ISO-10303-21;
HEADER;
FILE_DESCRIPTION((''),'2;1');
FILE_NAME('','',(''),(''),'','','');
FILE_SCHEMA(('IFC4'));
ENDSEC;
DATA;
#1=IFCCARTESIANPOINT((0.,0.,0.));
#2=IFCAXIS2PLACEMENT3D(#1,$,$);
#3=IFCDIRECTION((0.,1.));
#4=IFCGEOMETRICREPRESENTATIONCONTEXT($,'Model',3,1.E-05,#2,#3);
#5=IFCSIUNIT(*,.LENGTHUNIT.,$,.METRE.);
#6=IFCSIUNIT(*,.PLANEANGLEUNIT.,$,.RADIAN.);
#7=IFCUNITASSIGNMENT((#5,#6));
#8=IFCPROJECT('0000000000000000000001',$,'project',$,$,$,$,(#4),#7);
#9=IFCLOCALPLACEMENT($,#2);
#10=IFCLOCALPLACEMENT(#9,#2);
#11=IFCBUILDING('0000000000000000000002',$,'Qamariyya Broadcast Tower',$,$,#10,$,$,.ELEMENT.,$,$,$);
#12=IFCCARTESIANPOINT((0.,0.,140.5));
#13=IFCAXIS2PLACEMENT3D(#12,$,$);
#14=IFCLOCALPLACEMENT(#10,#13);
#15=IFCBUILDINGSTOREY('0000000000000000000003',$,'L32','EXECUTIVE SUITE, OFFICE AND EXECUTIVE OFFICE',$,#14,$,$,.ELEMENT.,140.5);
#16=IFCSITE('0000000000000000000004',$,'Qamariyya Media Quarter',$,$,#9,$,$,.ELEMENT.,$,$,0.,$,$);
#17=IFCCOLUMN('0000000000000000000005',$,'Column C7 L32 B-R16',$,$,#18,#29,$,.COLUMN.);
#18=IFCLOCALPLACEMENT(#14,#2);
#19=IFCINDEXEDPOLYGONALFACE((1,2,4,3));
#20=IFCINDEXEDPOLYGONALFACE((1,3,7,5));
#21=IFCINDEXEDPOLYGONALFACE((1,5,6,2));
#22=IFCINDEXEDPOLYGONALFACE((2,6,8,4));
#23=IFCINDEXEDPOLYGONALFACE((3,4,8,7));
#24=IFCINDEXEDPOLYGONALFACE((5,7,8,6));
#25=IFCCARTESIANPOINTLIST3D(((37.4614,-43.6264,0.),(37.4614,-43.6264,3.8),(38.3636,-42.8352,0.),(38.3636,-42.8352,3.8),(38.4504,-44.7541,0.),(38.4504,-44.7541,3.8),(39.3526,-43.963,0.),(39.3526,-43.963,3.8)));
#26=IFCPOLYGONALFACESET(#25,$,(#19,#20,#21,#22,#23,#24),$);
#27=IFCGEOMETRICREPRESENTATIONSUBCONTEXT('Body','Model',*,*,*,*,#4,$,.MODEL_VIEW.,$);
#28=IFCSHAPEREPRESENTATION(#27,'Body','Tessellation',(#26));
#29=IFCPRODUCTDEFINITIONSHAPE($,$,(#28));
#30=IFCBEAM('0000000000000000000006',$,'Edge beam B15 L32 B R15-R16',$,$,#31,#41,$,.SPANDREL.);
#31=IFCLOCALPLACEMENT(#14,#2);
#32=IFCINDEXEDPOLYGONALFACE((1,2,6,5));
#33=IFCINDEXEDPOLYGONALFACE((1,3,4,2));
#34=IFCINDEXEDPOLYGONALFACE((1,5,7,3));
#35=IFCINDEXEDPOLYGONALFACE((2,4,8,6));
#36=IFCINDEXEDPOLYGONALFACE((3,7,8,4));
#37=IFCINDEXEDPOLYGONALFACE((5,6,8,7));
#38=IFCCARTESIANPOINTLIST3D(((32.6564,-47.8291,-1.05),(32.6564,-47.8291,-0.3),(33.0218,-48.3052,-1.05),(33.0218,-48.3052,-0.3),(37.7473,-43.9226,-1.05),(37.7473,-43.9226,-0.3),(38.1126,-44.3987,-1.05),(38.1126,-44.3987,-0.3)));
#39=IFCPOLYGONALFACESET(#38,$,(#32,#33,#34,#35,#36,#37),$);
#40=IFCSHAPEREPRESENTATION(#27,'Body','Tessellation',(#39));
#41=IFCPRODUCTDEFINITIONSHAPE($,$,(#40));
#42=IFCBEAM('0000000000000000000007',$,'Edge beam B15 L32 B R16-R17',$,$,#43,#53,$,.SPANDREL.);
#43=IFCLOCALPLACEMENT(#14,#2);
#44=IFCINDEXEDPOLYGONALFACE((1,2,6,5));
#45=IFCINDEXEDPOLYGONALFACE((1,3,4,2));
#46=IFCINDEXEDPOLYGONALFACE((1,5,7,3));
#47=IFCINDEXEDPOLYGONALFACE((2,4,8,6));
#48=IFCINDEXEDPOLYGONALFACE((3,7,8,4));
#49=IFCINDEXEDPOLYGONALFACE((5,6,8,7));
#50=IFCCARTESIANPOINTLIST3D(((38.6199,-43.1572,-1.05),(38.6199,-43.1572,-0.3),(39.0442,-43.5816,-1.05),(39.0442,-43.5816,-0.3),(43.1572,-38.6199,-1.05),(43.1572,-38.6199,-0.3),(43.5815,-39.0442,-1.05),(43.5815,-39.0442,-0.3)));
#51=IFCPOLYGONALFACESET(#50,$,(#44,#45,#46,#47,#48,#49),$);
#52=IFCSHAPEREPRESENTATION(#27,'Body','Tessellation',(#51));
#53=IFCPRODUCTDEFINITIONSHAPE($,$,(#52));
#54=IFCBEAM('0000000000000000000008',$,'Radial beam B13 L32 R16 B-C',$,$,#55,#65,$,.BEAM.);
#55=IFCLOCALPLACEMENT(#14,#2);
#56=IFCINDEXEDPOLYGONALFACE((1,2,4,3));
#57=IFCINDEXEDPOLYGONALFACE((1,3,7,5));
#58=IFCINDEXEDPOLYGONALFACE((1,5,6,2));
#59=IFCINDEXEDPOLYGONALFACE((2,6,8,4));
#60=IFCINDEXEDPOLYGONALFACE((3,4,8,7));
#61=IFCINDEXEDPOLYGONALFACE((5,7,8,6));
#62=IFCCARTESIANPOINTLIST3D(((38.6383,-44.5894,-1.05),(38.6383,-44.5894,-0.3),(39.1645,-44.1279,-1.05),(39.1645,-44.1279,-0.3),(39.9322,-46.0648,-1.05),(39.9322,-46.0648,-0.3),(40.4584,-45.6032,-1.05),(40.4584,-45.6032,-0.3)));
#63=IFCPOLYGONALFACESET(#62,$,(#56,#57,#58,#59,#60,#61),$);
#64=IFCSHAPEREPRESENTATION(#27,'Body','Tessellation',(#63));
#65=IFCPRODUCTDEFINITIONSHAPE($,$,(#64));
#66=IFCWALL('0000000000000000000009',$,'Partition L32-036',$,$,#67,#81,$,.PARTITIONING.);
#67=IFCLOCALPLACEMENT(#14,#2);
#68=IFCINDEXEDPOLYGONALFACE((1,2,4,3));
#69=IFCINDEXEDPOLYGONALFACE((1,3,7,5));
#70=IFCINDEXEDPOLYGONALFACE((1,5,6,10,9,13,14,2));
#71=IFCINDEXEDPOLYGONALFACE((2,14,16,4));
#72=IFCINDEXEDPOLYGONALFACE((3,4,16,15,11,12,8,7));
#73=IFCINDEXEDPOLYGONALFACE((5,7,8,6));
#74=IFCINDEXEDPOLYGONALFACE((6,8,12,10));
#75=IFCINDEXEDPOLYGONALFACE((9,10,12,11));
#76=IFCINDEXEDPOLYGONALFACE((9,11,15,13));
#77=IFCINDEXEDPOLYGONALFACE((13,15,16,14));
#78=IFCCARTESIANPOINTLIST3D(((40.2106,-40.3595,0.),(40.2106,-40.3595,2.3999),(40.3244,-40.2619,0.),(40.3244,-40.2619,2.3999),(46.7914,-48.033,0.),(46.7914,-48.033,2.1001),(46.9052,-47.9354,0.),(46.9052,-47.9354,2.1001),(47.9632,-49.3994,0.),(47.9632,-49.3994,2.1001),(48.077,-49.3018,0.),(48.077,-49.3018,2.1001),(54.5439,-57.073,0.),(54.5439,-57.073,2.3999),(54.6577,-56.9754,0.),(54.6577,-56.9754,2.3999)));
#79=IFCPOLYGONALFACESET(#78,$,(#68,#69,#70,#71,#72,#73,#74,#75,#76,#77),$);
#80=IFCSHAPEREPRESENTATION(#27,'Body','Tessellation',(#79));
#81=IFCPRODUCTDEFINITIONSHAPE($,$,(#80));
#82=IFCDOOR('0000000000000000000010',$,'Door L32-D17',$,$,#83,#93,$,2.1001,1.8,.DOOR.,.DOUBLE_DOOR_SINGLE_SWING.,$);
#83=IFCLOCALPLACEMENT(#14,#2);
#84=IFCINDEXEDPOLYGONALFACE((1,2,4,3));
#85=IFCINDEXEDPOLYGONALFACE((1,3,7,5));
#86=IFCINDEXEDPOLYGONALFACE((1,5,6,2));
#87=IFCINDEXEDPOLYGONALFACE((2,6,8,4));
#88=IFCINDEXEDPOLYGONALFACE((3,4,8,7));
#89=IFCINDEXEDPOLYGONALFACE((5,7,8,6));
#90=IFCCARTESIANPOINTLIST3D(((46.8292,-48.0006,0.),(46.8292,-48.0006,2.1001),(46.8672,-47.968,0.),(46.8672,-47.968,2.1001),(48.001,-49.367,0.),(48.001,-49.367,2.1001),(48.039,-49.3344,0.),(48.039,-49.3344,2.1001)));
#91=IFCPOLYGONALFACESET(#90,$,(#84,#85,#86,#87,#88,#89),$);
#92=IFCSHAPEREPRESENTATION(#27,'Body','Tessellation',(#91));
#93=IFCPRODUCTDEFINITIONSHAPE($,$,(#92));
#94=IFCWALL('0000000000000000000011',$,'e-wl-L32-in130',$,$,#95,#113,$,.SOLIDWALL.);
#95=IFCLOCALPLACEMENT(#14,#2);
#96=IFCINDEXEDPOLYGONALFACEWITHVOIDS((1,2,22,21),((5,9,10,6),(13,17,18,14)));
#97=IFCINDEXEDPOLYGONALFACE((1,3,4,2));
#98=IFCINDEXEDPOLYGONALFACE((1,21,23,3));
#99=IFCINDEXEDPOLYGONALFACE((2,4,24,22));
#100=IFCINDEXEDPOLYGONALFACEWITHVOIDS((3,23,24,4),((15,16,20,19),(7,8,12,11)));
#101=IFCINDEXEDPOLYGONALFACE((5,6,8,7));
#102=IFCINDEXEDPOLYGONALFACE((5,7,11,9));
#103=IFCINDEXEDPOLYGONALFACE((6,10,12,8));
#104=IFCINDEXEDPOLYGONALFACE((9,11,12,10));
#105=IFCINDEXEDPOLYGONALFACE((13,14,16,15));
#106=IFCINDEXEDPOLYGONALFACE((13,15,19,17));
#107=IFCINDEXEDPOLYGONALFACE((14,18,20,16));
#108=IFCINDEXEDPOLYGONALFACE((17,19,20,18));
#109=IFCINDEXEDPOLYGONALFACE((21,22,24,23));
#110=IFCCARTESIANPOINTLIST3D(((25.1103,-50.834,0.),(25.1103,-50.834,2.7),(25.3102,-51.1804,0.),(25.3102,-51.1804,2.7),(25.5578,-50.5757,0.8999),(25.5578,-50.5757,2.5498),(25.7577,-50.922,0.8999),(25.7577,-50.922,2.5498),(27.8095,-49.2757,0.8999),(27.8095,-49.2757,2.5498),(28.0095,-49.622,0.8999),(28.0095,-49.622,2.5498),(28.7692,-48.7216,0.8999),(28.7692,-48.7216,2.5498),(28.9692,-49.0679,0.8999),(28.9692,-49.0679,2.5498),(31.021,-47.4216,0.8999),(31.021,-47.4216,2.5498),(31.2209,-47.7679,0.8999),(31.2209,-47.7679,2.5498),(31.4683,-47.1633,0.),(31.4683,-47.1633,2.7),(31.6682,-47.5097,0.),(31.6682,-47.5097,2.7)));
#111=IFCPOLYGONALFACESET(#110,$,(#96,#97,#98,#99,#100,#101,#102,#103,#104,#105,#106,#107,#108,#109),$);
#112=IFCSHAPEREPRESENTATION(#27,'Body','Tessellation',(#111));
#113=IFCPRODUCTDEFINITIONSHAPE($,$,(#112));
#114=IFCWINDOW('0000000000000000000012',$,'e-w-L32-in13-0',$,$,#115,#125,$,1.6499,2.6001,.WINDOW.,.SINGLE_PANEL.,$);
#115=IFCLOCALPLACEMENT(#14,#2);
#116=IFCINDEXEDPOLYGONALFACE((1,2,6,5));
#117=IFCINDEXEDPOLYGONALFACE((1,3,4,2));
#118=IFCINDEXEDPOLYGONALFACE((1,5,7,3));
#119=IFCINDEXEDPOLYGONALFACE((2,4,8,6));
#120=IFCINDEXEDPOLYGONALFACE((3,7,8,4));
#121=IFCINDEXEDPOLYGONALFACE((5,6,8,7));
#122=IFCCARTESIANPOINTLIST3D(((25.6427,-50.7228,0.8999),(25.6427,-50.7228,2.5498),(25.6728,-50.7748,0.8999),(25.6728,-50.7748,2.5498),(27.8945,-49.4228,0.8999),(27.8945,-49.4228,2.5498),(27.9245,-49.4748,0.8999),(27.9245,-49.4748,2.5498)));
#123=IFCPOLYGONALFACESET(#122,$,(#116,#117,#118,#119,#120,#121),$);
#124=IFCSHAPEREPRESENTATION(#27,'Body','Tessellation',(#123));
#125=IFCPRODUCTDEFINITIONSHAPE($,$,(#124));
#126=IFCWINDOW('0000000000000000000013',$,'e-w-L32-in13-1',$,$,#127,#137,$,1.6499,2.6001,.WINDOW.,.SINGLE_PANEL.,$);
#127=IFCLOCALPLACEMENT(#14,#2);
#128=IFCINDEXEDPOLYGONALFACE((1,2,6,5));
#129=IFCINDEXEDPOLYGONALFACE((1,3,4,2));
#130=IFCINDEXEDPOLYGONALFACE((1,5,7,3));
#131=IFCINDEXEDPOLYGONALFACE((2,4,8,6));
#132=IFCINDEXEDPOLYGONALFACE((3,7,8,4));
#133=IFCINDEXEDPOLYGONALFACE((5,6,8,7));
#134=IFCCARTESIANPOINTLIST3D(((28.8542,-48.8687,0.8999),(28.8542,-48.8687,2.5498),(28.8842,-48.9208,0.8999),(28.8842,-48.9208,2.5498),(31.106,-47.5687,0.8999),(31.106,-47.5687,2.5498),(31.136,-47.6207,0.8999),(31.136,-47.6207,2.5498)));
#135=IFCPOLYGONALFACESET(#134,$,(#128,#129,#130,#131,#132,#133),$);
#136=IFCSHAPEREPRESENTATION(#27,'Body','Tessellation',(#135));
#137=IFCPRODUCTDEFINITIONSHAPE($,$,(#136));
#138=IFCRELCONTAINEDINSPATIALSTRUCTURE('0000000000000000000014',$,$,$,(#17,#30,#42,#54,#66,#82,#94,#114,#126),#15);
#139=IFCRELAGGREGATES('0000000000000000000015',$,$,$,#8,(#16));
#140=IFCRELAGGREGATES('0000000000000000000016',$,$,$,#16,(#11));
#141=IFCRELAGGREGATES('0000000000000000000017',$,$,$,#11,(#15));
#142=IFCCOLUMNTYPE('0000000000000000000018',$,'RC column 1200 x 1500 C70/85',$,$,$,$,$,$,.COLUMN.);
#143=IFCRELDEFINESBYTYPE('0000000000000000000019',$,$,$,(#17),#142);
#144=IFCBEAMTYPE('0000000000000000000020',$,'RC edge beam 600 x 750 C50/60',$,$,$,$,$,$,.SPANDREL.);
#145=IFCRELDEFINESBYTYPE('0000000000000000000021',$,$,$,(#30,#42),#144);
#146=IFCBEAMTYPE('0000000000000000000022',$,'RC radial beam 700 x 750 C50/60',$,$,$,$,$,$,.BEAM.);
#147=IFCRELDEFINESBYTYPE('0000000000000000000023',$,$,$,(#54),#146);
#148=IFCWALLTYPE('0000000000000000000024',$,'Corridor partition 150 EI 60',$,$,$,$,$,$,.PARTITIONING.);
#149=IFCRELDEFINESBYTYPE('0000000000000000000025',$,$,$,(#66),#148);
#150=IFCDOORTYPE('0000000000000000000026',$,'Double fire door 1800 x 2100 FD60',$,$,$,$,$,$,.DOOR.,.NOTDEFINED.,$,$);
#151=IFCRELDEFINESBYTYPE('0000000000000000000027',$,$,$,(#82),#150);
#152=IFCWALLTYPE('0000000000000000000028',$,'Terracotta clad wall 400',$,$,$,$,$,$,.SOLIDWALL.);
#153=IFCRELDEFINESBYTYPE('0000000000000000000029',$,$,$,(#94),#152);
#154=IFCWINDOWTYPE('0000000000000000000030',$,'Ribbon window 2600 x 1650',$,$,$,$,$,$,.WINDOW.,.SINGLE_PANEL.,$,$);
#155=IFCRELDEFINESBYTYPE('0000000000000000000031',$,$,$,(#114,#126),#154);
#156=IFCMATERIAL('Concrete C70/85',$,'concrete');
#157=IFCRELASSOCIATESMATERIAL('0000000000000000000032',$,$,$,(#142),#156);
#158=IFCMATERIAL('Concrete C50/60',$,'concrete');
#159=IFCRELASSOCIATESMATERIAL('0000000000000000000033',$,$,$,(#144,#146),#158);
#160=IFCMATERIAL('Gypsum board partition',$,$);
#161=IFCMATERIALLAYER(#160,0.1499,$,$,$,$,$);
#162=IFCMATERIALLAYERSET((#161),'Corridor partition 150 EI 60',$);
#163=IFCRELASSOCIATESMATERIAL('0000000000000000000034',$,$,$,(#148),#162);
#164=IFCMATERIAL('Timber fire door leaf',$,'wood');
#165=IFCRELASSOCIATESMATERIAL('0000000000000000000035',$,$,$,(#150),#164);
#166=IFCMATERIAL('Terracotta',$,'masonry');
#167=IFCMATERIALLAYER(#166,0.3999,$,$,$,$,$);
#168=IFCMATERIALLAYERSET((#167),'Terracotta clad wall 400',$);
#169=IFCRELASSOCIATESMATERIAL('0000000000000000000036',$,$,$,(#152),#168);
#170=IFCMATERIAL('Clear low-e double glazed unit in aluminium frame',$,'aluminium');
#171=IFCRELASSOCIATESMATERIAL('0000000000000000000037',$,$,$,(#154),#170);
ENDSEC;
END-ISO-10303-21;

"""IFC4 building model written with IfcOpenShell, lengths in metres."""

from ifc_helpers import new_model, si_unit, direction, frame, frame_2d, origin, origin_2d, place, context, subcontext, project, spatial, rectangle, extrude, material, layer, layer_set, material_profile, profile_set, type_object, element, fill, save


model = new_model("IFC4")

# Units and contexts
model_context = context("Model", 3, precision=1e-05, world=origin(), true_north=direction((0.0, 1.0)))
body_context = subcontext(model_context, "Body", "Model", "MODEL_VIEW")
ifc_project = project(units=[si_unit("LENGTHUNIT", "METRE"), si_unit("PLANEANGLEUNIT", "RADIAN")], contexts=[model_context])

# Site, building, storey
site_placement = place(None, origin())
site = spatial("IfcSite", under=ifc_project, at=site_placement, Name="Qamariyya Media Quarter", CompositionType="ELEMENT", RefElevation=0.0)
building_placement = place(site_placement, origin())
building = spatial("IfcBuilding", under=site, at=building_placement, Name="Qamariyya Broadcast Tower", CompositionType="ELEMENT")
storey_placement = place(building_placement, frame((0.0, 0.0, 140.5)))
storey = spatial("IfcBuildingStorey", under=building, at=storey_placement, Name="L32", Description="EXECUTIVE SUITE, OFFICE AND EXECUTIVE OFFICE", CompositionType="ELEMENT", Elevation=140.5)

# Column
ifc_material_1 = material(Name="Concrete C70/85", Category="concrete")
ifc_material_profile_1 = material_profile(ifc_material_1, rectangle(XDim=1.2, YDim=1.5, at=origin_2d()))
ifc_profile_set_1 = profile_set([ifc_material_profile_1], Name="Concrete C70/85")
column_type = type_object("IfcColumnType", Name="RC column 1200 x 1500 C70/85", PredefinedType="COLUMN", material=ifc_profile_set_1)
column_placement = place(storey_placement, frame((38.407, -43.7947, 0.0), z_axis=(0.0, 0.0, 1.0), x_axis=(0.75184, 0.659346, 0.0)))
element("IfcColumn", 1, at=column_placement, inside=storey, type_object=column_type, Name="Column C7 L32 B-R16", PredefinedType="COLUMN", context=body_context, shape_type="SweptSolid", body=[
    extrude(rectangle(XDim=1.2, YDim=1.5, at=origin_2d()), origin(), (0.0, 0.0, 1.0), 3.8),
])

# Beams
ifc_material_2 = material(Name="Concrete C50/60", Category="concrete")
ifc_material_profile_2 = material_profile(ifc_material_2, rectangle(XDim=0.6001, YDim=0.75, at=origin_2d()))
ifc_profile_set_2 = profile_set([ifc_material_profile_2], Name="Concrete C50/60")
beam_type_1 = type_object("IfcBeamType", Name="RC edge beam 600 x 750 C50/60", PredefinedType="SPANDREL", material=ifc_profile_set_2)
beam_1_placement = place(storey_placement, frame((32.8391, -48.0671, -0.675), z_axis=(0.793341, 0.608778, 0.0), x_axis=(-0.608778, 0.793341, 0.0)))
element("IfcBeam", 2, at=beam_1_placement, inside=storey, type_object=beam_type_1, Name="Edge beam B15 L32 B R15-R16", PredefinedType="SPANDREL", context=body_context, shape_type="SweptSolid", body=[
    extrude(rectangle(XDim=0.6001, YDim=0.75, at=origin_2d()), origin(), (0.0, 0.0, 1.0), 6.417),
])
beam_2_placement = place(storey_placement, frame((38.832, -43.3694, -0.675), z_axis=(0.707107, 0.707107, 0.0), x_axis=(-0.707107, 0.707107, 0.0)))
element("IfcBeam", 3, at=beam_2_placement, inside=storey, type_object=beam_type_1, Name="Edge beam B15 L32 B R16-R17", PredefinedType="SPANDREL", context=body_context, shape_type="SweptSolid", body=[
    extrude(rectangle(XDim=0.6001, YDim=0.75, at=origin_2d()), origin(), (0.0, 0.0, 1.0), 6.4167),
])
ifc_material_profile_3 = material_profile(ifc_material_2, rectangle(XDim=0.7, YDim=0.75, at=origin_2d()))
ifc_profile_set_3 = profile_set([ifc_material_profile_3], Name="Concrete C50/60")
beam_type_2 = type_object("IfcBeamType", Name="RC radial beam 700 x 750 C50/60", PredefinedType="BEAM", material=ifc_profile_set_3)
beam_3_placement = place(storey_placement, frame((38.9014, -44.3586, -0.675), z_axis=(0.659376, -0.751813, 0.0), x_axis=(0.751813, 0.659376, 0.0)))
element("IfcBeam", 4, at=beam_3_placement, inside=storey, type_object=beam_type_2, Name="Radial beam B13 L32 R16 B-C", PredefinedType="BEAM", context=body_context, shape_type="SweptSolid", body=[
    extrude(rectangle(XDim=0.7, YDim=0.75, at=origin_2d()), origin(), (0.0, 0.0, 1.0), 1.9624),
])

# Wall, opening, door
ifc_material_3 = material(Name="Gypsum board partition")
ifc_layer_1 = layer(ifc_material_3, 0.1499)
ifc_layer_set_1 = layer_set([ifc_layer_1], Name="Corridor partition 150 EI 60")
wall_type_1 = type_object("IfcWallType", Name="Corridor partition 150 EI 60", PredefinedType="PARTITIONING", material=ifc_layer_set_1)
wall_1_placement = place(storey_placement, frame((40.2676, -40.3108, 0.0), z_axis=(0.0, 0.0, 1.0), x_axis=(0.650988, -0.759088, 0.0)))
wall_1 = element("IfcWall", 5, at=wall_1_placement, inside=storey, type_object=wall_type_1, Name="Partition L32-036", PredefinedType="PARTITIONING", context=body_context, shape_type="SweptSolid", body=[
    extrude(rectangle(XDim=22.0178, YDim=0.1499, at=frame_2d((11.0088, 0.0))), origin(), (0.0, 0.0, 1.0), 2.3999),
])
opening_1_placement = place(wall_1_placement, frame((10.1089, 0.0, 0.0)))
opening_1 = element("IfcOpeningElement", 6, at=opening_1_placement, cuts=wall_1, PredefinedType="OPENING", context=body_context, shape_type="SweptSolid", body=[
    extrude(rectangle(XDim=1.8, YDim=2.1001, at=frame_2d((0.8999, 1.05))), frame((0.0, 0.085, 0.0), z_axis=(0.0, -1.0, 0.0), x_axis=(1.0, 0.0, 0.0)), (0.0, 0.0, 1.0), 0.1699),
])
ifc_material_4 = material(Name="Timber fire door leaf", Category="wood")
door_type = type_object("IfcDoorType", Name="Double fire door 1800 x 2100 FD60", OperationType="NOTDEFINED", PredefinedType="DOOR", material=ifc_material_4)
door_placement = place(opening_1_placement, origin())
door = element("IfcDoor", 7, at=door_placement, inside=storey, type_object=door_type, Name="Door L32-D17", OperationType="DOUBLE_DOOR_SINGLE_SWING", OverallHeight=2.1001, OverallWidth=1.8, PredefinedType="DOOR", context=body_context, shape_type="SweptSolid", body=[
    extrude(rectangle(XDim=1.8, YDim=2.1001, at=frame_2d((0.8999, 1.05))), frame((0.0, 0.0249, 0.0), z_axis=(0.0, -1.0, 0.0), x_axis=(1.0, 0.0, 0.0)), (0.0, 0.0, 1.0), 0.05),
])
fill(opening_1, door)

# Wall, openings, windows
ifc_material_5 = material(Name="Terracotta", Category="masonry")
ifc_layer_2 = layer(ifc_material_5, 0.3999)
ifc_layer_set_2 = layer_set([ifc_layer_2], Name="Terracotta clad wall 400")
wall_type_2 = type_object("IfcWallType", Name="Terracotta clad wall 400", PredefinedType="SOLIDWALL", material=ifc_layer_set_2)
wall_2_placement = place(storey_placement, frame((31.5684, -47.3364, 0.0), z_axis=(0.0, 0.0, 1.0), x_axis=(-0.866031, -0.499991, 0.0)))
wall_2 = element("IfcWall", 8, at=wall_2_placement, inside=storey, type_object=wall_type_2, Name="e-wl-L32-in130", PredefinedType="SOLIDWALL", context=body_context, shape_type="SweptSolid", body=[
    extrude(rectangle(XDim=7.3416, YDim=0.3999, at=frame_2d((3.6709, 0.0))), origin(), (0.0, 0.0, 1.0), 2.7),
])
opening_2_placement = place(wall_2_placement, frame((4.2249, 0.0, 0.8999)))
opening_2 = element("IfcOpeningElement", 9, at=opening_2_placement, cuts=wall_2, PredefinedType="OPENING", context=body_context, shape_type="SweptSolid", body=[
    extrude(rectangle(XDim=2.6001, YDim=1.6499, at=frame_2d((1.3, 0.825))), frame((0.0, 0.21, 0.0), z_axis=(0.0, -1.0, 0.0), x_axis=(1.0, 0.0, 0.0)), (0.0, 0.0, 1.0), 0.4199),
])
opening_3_placement = place(wall_2_placement, frame((0.5166, 0.0, 0.8999)))
opening_3 = element("IfcOpeningElement", 10, at=opening_3_placement, cuts=wall_2, PredefinedType="OPENING", context=body_context, shape_type="SweptSolid", body=[
    extrude(rectangle(XDim=2.6001, YDim=1.6499, at=frame_2d((1.3, 0.825))), frame((0.0, 0.21, 0.0), z_axis=(0.0, -1.0, 0.0), x_axis=(1.0, 0.0, 0.0)), (0.0, 0.0, 1.0), 0.4199),
])
ifc_material_6 = material(Name="Clear low-e double glazed unit in aluminium frame", Category="aluminium")
window_type = type_object("IfcWindowType", Name="Ribbon window 2600 x 1650", PartitioningType="SINGLE_PANEL", PredefinedType="WINDOW", material=ifc_material_6)
window_1_placement = place(opening_2_placement, origin())
window_1 = element("IfcWindow", 11, at=window_1_placement, inside=storey, type_object=window_type, Name="e-w-L32-in13-0", OverallHeight=1.6499, OverallWidth=2.6001, PartitioningType="SINGLE_PANEL", PredefinedType="WINDOW", context=body_context, shape_type="SweptSolid", body=[
    extrude(rectangle(XDim=2.6001, YDim=1.6499, at=frame_2d((1.3, 0.825))), frame((0.0, 0.03, 0.0), z_axis=(0.0, -1.0, 0.0), x_axis=(1.0, 0.0, 0.0)), (0.0, 0.0, 1.0), 0.0601),
])
fill(opening_2, window_1)
window_2_placement = place(opening_3_placement, origin())
window_2 = element("IfcWindow", 12, at=window_2_placement, inside=storey, type_object=window_type, Name="e-w-L32-in13-1", OverallHeight=1.6499, OverallWidth=2.6001, PartitioningType="SINGLE_PANEL", PredefinedType="WINDOW", context=body_context, shape_type="SweptSolid", body=[
    extrude(rectangle(XDim=2.6001, YDim=1.6499, at=frame_2d((1.3, 0.825))), frame((0.0, 0.03, 0.0), z_axis=(0.0, -1.0, 0.0), x_axis=(1.0, 0.0, 0.0)), (0.0, 0.0, 1.0), 0.0601),
])
fill(opening_3, window_2)

save(model, "model.ifc")
